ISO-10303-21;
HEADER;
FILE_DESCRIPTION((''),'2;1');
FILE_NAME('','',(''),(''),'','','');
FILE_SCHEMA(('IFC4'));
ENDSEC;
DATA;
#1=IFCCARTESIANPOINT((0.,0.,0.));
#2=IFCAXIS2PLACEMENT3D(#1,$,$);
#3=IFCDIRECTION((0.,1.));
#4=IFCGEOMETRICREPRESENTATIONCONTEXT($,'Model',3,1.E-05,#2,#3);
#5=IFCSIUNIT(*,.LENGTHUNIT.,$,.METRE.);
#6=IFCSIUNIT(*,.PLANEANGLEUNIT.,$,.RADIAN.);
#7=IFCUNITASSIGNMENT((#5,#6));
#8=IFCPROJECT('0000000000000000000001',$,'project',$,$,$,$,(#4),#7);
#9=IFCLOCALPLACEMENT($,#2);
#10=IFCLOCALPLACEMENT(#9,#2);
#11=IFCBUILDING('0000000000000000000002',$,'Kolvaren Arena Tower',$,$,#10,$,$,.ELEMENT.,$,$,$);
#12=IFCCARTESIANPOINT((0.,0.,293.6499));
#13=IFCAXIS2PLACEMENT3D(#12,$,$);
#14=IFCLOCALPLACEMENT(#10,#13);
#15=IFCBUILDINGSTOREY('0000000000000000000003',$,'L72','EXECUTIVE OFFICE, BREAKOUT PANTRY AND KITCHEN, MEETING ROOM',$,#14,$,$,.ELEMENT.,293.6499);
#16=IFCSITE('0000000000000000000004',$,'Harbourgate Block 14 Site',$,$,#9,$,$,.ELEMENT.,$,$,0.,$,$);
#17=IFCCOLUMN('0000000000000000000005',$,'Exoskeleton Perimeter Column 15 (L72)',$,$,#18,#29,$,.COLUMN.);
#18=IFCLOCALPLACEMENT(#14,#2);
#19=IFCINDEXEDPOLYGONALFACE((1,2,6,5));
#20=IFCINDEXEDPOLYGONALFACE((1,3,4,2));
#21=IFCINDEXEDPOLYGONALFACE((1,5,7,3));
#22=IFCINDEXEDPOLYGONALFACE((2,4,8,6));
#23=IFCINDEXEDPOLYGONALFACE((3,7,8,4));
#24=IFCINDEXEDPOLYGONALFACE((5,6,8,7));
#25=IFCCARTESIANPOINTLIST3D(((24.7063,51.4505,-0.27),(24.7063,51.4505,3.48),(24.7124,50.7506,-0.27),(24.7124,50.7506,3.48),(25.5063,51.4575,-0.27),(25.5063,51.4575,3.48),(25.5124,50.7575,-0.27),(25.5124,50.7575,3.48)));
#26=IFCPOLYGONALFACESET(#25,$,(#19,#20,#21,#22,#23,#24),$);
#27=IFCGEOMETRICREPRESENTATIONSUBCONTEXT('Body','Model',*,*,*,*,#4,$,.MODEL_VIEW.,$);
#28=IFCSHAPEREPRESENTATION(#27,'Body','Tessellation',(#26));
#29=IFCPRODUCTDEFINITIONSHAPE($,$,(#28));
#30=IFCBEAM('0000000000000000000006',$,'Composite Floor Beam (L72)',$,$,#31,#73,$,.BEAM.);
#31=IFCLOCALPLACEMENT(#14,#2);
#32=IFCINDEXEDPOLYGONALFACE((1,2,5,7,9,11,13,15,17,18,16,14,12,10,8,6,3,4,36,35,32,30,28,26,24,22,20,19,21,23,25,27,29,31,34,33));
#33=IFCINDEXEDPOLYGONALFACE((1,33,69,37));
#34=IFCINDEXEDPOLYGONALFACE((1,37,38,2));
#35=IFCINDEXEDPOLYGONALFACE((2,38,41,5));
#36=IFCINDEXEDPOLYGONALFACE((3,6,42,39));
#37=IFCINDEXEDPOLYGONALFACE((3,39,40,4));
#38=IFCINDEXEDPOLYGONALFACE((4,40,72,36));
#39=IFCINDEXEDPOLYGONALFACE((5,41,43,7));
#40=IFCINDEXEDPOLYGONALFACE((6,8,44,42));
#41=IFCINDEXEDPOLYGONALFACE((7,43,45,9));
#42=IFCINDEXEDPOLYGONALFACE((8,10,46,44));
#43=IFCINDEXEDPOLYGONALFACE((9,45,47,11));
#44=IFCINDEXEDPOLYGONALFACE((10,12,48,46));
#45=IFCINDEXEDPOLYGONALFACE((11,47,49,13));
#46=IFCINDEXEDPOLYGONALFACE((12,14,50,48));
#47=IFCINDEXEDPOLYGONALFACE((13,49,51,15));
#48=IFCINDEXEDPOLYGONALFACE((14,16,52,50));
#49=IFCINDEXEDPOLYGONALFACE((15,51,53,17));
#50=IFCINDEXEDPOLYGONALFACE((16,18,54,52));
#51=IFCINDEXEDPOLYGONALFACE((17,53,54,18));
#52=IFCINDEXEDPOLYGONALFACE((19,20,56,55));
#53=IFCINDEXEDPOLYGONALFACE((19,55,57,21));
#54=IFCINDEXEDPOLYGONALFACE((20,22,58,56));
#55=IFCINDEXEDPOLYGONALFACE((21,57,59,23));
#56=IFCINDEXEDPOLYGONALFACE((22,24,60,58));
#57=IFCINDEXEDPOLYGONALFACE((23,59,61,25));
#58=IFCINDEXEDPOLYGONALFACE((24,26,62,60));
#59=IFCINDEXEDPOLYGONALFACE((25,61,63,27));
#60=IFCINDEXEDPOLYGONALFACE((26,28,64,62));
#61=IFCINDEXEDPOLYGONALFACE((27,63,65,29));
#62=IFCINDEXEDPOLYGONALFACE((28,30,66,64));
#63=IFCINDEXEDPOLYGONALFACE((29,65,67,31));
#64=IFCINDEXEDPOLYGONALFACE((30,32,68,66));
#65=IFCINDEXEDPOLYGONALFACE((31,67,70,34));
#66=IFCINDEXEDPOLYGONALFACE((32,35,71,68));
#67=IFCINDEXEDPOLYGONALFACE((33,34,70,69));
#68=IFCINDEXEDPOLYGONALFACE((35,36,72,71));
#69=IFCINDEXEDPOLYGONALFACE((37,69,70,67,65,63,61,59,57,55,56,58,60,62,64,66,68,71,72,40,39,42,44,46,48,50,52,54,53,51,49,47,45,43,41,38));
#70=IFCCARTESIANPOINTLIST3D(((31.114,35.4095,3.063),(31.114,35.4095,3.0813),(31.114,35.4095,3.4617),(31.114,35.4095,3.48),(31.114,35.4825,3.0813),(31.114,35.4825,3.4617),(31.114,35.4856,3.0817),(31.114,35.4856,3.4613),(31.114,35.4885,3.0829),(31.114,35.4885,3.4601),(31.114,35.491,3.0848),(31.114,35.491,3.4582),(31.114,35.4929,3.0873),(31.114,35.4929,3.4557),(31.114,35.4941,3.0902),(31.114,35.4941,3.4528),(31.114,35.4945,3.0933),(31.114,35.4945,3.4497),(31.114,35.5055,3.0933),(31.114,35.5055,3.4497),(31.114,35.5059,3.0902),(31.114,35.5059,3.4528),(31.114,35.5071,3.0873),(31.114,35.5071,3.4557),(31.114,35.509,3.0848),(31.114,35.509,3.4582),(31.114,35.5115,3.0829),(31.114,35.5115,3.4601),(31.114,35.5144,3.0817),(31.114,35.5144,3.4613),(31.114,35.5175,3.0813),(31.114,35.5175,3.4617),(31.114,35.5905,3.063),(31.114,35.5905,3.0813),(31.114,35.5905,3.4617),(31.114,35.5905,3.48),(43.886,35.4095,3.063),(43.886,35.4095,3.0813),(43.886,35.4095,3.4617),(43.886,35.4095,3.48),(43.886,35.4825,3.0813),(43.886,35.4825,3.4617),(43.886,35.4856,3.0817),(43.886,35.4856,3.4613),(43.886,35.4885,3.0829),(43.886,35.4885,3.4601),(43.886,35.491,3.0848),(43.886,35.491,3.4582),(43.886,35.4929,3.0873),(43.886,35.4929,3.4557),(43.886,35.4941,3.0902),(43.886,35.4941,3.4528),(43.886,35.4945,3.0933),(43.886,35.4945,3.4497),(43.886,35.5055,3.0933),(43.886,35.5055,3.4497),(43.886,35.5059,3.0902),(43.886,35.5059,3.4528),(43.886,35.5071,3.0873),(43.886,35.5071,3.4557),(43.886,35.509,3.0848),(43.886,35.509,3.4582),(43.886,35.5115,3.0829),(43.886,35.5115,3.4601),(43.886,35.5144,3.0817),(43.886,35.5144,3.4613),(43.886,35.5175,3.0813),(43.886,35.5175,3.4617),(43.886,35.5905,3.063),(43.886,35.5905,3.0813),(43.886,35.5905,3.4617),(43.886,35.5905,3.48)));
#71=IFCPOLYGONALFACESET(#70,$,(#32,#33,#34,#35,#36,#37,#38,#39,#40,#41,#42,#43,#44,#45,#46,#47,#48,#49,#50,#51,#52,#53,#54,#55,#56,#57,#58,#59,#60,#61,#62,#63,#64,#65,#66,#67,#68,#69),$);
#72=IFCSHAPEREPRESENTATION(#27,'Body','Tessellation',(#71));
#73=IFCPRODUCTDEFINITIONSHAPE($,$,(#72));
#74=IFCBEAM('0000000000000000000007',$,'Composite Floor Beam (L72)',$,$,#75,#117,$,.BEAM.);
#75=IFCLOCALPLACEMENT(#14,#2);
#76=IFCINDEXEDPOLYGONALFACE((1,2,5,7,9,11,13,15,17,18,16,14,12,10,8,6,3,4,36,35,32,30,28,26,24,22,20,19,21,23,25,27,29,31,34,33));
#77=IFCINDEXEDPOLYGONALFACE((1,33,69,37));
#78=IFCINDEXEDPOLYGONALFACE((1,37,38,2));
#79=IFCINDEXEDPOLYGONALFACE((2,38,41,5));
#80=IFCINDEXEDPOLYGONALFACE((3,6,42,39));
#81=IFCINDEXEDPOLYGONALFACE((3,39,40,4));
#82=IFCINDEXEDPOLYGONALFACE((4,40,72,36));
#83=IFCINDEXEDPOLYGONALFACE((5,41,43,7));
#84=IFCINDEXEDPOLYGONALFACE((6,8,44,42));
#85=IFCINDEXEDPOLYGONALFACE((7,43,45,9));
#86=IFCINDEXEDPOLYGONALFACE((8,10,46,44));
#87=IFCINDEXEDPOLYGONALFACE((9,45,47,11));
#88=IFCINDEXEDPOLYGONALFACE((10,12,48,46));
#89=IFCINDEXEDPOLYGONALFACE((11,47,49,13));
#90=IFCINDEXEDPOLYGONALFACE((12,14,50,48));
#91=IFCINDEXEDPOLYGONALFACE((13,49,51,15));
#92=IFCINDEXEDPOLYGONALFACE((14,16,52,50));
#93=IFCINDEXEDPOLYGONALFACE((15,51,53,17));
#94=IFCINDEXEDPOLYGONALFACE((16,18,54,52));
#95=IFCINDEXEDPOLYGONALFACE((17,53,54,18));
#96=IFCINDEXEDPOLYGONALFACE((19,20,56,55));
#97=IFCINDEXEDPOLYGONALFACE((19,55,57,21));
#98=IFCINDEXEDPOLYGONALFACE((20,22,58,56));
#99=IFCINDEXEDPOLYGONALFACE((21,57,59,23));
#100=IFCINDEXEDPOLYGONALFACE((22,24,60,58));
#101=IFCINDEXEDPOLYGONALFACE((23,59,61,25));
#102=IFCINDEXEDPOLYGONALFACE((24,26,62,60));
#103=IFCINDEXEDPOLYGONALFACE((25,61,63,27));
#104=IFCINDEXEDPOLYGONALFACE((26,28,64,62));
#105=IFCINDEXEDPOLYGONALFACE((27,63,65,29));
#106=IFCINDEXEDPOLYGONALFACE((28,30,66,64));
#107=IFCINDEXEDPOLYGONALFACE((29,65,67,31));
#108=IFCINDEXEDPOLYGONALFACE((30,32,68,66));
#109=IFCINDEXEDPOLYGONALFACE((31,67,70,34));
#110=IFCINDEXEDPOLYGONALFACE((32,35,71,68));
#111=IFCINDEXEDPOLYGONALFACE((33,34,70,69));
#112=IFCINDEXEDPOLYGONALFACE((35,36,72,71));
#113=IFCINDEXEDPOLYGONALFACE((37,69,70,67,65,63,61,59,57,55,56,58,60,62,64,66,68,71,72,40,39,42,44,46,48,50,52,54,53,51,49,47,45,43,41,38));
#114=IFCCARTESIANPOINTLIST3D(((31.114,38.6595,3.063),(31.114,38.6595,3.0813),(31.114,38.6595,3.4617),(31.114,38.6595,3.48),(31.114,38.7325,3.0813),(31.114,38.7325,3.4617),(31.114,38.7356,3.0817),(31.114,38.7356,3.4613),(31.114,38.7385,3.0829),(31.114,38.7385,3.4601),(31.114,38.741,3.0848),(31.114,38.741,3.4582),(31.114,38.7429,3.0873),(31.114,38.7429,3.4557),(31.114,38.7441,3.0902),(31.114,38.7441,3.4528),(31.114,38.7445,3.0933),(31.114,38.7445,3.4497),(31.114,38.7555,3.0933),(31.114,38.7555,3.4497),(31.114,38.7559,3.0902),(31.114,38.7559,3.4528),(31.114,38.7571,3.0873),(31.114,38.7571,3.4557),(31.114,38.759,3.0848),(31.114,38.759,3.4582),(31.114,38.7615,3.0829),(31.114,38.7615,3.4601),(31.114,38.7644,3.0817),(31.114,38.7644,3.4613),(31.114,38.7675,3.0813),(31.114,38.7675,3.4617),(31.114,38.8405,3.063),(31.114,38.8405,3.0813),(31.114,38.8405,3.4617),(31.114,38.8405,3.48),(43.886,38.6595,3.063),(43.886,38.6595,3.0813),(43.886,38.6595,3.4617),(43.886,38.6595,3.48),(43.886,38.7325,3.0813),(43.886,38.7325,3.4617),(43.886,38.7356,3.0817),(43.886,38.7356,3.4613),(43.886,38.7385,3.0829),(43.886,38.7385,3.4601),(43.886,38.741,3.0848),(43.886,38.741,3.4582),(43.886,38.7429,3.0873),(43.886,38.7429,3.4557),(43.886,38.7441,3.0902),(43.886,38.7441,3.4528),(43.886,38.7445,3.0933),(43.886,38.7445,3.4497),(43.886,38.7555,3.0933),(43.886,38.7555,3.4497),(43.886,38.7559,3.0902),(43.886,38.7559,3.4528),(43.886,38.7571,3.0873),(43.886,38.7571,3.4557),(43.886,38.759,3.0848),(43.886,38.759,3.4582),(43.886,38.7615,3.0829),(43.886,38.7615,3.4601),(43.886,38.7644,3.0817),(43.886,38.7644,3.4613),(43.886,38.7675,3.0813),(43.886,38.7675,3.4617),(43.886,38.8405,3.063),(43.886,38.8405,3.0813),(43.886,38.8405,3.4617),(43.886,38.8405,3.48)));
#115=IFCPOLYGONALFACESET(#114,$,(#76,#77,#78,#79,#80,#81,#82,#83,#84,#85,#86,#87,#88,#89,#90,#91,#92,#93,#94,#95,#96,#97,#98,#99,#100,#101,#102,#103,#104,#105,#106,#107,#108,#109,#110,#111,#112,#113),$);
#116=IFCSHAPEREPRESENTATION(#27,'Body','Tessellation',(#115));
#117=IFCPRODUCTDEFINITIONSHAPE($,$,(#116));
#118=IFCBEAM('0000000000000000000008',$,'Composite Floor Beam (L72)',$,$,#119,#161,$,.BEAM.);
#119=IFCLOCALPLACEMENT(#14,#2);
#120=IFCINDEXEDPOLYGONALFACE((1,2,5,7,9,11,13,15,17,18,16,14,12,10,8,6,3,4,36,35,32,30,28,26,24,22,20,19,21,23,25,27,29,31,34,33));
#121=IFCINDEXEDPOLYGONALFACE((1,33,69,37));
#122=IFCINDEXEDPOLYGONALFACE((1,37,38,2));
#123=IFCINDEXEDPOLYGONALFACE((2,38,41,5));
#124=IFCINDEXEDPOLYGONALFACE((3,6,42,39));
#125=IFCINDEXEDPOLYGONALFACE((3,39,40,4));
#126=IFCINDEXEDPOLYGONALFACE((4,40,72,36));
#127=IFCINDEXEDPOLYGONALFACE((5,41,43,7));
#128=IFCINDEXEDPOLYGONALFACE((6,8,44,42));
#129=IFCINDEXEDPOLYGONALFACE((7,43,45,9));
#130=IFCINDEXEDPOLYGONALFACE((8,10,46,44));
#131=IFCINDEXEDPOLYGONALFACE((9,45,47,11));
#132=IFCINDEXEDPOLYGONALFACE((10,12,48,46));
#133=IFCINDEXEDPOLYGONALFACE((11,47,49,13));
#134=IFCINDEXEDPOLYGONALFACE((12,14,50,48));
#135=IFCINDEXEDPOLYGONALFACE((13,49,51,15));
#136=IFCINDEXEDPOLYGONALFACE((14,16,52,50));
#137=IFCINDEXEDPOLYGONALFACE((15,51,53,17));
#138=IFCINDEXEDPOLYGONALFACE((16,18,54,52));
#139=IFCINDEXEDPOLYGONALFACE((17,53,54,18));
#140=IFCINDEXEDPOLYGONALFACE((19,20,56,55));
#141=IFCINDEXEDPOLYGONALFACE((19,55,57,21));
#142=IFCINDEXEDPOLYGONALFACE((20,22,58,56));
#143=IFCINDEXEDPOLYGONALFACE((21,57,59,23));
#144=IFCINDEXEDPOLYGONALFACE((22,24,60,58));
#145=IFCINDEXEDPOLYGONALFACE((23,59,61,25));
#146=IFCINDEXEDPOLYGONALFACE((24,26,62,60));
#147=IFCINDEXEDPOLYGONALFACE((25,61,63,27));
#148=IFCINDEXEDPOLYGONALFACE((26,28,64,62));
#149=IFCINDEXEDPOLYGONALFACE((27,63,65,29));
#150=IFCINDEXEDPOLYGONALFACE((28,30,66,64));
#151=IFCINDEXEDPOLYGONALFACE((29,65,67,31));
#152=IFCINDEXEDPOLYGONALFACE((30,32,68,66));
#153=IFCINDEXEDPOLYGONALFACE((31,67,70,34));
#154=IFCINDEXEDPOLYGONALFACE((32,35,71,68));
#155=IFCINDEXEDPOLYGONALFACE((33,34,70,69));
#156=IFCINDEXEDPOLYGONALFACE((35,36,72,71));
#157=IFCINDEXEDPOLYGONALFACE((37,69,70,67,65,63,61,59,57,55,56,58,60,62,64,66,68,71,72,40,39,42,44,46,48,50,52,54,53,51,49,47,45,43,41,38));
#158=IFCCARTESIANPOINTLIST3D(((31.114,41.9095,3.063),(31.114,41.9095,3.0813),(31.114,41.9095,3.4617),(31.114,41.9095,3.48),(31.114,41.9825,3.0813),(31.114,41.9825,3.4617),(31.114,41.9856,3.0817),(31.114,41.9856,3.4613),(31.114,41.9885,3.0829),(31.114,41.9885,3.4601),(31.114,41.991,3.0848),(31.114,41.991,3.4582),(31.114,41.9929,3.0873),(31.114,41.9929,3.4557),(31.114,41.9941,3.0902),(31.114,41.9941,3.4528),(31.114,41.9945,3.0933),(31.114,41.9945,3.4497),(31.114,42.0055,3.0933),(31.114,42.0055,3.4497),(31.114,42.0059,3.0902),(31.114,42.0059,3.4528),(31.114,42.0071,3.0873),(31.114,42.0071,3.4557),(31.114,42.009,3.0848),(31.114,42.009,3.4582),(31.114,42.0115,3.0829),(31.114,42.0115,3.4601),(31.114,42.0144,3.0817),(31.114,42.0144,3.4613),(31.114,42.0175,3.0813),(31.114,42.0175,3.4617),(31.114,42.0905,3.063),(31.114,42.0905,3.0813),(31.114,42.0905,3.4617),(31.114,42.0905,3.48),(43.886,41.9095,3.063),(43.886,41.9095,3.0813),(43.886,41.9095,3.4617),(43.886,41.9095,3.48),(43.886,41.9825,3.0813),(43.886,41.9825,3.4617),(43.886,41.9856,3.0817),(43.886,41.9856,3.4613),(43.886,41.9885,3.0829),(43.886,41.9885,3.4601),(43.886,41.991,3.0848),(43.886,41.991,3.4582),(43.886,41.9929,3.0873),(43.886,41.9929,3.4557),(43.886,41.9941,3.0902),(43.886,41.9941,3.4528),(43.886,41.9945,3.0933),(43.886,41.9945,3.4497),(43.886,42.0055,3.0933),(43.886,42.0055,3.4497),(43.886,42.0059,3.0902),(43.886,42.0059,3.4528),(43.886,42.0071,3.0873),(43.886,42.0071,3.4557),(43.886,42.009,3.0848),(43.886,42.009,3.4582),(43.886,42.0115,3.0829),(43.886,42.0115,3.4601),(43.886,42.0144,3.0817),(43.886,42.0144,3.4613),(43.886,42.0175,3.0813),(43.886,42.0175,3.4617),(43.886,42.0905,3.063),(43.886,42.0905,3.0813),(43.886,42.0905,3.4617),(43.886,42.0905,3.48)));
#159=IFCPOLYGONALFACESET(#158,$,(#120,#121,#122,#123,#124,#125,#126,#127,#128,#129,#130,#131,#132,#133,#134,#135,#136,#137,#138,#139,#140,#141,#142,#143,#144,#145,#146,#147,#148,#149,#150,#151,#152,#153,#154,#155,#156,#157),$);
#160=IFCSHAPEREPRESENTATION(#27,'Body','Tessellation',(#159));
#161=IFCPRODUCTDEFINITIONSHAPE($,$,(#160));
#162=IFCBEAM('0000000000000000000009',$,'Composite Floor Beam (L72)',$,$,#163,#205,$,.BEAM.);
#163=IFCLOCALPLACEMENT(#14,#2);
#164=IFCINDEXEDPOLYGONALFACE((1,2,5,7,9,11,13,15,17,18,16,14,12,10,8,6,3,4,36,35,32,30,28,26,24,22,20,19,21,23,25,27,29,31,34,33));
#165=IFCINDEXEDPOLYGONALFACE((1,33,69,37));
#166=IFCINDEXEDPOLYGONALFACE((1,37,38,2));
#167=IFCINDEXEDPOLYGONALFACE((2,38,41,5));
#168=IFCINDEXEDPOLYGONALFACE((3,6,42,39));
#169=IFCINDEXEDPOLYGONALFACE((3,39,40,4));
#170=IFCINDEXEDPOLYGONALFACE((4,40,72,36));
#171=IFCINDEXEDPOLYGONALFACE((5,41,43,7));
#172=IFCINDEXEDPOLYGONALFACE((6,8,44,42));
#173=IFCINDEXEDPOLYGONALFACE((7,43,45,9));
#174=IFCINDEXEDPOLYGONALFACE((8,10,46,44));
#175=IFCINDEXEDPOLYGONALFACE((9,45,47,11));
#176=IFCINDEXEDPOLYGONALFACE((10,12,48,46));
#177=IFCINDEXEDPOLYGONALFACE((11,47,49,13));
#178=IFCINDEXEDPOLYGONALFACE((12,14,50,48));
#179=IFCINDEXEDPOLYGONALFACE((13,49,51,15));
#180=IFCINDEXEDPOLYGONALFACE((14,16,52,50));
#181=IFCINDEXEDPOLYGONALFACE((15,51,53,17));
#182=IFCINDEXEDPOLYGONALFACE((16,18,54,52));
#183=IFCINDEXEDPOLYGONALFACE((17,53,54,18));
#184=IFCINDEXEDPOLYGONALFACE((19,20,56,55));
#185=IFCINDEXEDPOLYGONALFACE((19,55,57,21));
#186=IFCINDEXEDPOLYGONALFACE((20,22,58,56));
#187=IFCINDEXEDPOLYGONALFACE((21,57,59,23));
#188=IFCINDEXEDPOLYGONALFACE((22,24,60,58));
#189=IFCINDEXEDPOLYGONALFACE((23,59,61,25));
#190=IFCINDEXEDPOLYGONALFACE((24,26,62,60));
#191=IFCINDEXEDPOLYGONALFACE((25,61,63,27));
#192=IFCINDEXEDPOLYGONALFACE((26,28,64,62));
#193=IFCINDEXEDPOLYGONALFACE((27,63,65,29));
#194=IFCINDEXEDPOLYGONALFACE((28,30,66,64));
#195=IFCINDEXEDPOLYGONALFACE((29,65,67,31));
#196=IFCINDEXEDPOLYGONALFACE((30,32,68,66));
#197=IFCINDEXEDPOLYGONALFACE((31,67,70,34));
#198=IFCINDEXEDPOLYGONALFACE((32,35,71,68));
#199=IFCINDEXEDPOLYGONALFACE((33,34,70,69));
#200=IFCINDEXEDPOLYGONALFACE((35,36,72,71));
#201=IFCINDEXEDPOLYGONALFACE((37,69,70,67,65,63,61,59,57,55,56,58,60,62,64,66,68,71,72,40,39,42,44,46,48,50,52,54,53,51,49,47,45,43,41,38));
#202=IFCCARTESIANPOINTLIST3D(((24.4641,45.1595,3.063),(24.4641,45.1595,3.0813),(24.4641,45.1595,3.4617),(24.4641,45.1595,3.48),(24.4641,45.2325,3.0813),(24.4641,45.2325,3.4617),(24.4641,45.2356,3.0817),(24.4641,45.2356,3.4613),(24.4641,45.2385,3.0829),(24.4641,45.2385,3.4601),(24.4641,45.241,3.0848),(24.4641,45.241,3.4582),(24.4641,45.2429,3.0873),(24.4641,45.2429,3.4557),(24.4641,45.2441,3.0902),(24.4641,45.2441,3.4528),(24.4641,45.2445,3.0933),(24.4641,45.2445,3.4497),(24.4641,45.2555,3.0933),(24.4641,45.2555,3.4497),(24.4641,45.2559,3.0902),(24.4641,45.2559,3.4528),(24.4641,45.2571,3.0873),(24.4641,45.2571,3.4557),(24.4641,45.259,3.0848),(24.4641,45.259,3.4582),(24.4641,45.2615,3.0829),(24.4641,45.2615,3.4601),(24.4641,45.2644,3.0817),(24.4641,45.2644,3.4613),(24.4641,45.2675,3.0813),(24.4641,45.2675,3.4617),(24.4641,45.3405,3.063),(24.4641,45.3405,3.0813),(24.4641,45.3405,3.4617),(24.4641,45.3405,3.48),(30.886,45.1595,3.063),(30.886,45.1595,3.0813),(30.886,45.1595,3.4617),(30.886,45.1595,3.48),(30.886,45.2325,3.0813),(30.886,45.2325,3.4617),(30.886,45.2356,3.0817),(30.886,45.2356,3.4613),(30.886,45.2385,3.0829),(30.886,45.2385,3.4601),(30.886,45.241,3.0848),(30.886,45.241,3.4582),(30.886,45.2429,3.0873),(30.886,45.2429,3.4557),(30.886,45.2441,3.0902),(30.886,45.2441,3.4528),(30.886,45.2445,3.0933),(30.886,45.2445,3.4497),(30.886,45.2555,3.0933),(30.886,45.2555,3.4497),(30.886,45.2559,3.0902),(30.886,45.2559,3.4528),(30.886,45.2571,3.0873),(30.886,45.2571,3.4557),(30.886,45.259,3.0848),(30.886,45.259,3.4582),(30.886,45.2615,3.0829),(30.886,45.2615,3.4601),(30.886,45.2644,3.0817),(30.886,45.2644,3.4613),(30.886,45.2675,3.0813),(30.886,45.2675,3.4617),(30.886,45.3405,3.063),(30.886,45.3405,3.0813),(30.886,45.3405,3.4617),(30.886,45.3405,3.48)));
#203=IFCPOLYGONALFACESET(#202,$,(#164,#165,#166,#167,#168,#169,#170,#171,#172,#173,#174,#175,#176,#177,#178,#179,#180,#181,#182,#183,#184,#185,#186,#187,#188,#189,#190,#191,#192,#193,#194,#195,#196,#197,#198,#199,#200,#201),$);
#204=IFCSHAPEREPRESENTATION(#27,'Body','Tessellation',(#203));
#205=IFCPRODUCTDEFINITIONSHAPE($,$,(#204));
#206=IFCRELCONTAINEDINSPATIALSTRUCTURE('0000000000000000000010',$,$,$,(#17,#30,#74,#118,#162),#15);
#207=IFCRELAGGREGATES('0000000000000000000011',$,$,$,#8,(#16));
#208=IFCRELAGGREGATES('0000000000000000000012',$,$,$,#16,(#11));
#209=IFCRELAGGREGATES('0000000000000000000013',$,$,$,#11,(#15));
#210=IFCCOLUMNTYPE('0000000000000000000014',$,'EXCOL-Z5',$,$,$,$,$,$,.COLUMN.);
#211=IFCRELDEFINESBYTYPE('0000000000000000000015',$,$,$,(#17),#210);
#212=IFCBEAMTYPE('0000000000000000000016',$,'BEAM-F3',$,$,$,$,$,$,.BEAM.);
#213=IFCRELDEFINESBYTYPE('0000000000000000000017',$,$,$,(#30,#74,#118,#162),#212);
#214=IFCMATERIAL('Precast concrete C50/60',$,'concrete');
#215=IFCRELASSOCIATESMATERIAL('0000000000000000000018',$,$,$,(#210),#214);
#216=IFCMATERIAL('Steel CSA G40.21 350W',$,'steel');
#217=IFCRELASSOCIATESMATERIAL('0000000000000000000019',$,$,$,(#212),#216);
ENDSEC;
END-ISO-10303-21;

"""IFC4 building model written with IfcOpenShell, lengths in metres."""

from ifc_helpers import new_model, si_unit, direction, frame, origin, origin_2d, place, context, subcontext, project, spatial, rectangle, i_section, extrude, material, material_profile, profile_set, type_object, element, save


model = new_model("IFC4")

# Units and contexts
model_context = context("Model", 3, precision=1e-05, world=origin(), true_north=direction((0.0, 1.0)))
body_context = subcontext(model_context, "Body", "Model", "MODEL_VIEW")
ifc_project = project(units=[si_unit("LENGTHUNIT", "METRE"), si_unit("PLANEANGLEUNIT", "RADIAN")], contexts=[model_context])

# Site, building, storey
site_placement = place(None, origin())
site = spatial("IfcSite", under=ifc_project, at=site_placement, Name="Harbourgate Block 14 Site", CompositionType="ELEMENT", RefElevation=0.0)
building_placement = place(site_placement, origin())
building = spatial("IfcBuilding", under=site, at=building_placement, Name="Kolvaren Arena Tower", CompositionType="ELEMENT")
storey_placement = place(building_placement, frame((0.0, 0.0, 293.6499)))
storey = spatial("IfcBuildingStorey", under=building, at=storey_placement, Name="L72", Description="EXECUTIVE OFFICE, BREAKOUT PANTRY AND KITCHEN, MEETING ROOM", CompositionType="ELEMENT", Elevation=293.6499)

# Column
ifc_material_1 = material(Name="Precast concrete C50/60", Category="concrete")
ifc_material_profile_1 = material_profile(ifc_material_1, rectangle(XDim=0.8, YDim=0.7, at=origin_2d()), Name="RC-800x700")
ifc_profile_set_1 = profile_set([ifc_material_profile_1], Name="Precast concrete C50/60")
column_type = type_object("IfcColumnType", Name="EXCOL-Z5", PredefinedType="COLUMN", material=ifc_profile_set_1)
column_placement = place(storey_placement, frame((25.1094, 51.104, -0.27), z_axis=(0.0, 0.0, 1.0), x_axis=(0.999962, 0.008727, 0.0)))
element("IfcColumn", 1, at=column_placement, inside=storey, type_object=column_type, Name="Exoskeleton Perimeter Column 15 (L72)", PredefinedType="COLUMN", context=body_context, shape_type="SweptSolid", body=[
    extrude(rectangle(XDim=0.8, YDim=0.7, at=origin_2d()), origin(), (0.0, 0.0, 1.0), 3.75),
])

# Beams
ifc_material_2 = material(Name="Steel CSA G40.21 350W", Category="steel")
ifc_material_profile_2 = material_profile(ifc_material_2, i_section(OverallWidth=0.1809, OverallDepth=0.417, WebThickness=0.011, FlangeThickness=0.0183, FilletRadius=0.012, at=origin_2d()), Name="W410x85")
ifc_profile_set_2 = profile_set([ifc_material_profile_2], Name="Steel CSA G40.21 350W")
beam_type_1 = type_object("IfcBeamType", Name="BEAM-F3", PredefinedType="BEAM", material=ifc_profile_set_2)
for number, where, z_axis, x_axis, name in (
    (2, (31.114, 35.5, 3.2715), (1.0, 0.0, 0.0), (0.0, 1.0, 0.0), "Composite Floor Beam (L72)"),
    (3, (31.114, 38.75, 3.2715), (1.0, 0.0, 0.0), (0.0, 1.0, 0.0), "Composite Floor Beam (L72)"),
    (4, (31.114, 42.0, 3.2715), (1.0, 0.0, 0.0), (0.0, 1.0, 0.0), "Composite Floor Beam (L72)"),
):
    element("IfcBeam", number, at=place(storey_placement, frame(where, z_axis=z_axis, x_axis=x_axis)), inside=storey, type_object=beam_type_1, Name=name, PredefinedType="BEAM", context=body_context, shape_type="SweptSolid", body=[
        extrude(i_section(OverallWidth=0.1809, OverallDepth=0.417, WebThickness=0.011, FlangeThickness=0.0183, FilletRadius=0.012, at=origin_2d()), origin(), (0.0, 0.0, 1.0), 12.772),
    ])
beam_1_placement = place(storey_placement, frame((24.4641, 45.25, 3.2715), z_axis=(1.0, 0.0, 0.0), x_axis=(0.0, 1.0, 0.0)))
element("IfcBeam", 5, at=beam_1_placement, inside=storey, type_object=beam_type_1, Name="Composite Floor Beam (L72)", PredefinedType="BEAM", context=body_context, shape_type="SweptSolid", body=[
    extrude(i_section(OverallWidth=0.1809, OverallDepth=0.417, WebThickness=0.011, FlangeThickness=0.0183, FilletRadius=0.012, at=origin_2d()), origin(), (0.0, 0.0, 1.0), 6.4219),
])

save(model, "model.ifc")
